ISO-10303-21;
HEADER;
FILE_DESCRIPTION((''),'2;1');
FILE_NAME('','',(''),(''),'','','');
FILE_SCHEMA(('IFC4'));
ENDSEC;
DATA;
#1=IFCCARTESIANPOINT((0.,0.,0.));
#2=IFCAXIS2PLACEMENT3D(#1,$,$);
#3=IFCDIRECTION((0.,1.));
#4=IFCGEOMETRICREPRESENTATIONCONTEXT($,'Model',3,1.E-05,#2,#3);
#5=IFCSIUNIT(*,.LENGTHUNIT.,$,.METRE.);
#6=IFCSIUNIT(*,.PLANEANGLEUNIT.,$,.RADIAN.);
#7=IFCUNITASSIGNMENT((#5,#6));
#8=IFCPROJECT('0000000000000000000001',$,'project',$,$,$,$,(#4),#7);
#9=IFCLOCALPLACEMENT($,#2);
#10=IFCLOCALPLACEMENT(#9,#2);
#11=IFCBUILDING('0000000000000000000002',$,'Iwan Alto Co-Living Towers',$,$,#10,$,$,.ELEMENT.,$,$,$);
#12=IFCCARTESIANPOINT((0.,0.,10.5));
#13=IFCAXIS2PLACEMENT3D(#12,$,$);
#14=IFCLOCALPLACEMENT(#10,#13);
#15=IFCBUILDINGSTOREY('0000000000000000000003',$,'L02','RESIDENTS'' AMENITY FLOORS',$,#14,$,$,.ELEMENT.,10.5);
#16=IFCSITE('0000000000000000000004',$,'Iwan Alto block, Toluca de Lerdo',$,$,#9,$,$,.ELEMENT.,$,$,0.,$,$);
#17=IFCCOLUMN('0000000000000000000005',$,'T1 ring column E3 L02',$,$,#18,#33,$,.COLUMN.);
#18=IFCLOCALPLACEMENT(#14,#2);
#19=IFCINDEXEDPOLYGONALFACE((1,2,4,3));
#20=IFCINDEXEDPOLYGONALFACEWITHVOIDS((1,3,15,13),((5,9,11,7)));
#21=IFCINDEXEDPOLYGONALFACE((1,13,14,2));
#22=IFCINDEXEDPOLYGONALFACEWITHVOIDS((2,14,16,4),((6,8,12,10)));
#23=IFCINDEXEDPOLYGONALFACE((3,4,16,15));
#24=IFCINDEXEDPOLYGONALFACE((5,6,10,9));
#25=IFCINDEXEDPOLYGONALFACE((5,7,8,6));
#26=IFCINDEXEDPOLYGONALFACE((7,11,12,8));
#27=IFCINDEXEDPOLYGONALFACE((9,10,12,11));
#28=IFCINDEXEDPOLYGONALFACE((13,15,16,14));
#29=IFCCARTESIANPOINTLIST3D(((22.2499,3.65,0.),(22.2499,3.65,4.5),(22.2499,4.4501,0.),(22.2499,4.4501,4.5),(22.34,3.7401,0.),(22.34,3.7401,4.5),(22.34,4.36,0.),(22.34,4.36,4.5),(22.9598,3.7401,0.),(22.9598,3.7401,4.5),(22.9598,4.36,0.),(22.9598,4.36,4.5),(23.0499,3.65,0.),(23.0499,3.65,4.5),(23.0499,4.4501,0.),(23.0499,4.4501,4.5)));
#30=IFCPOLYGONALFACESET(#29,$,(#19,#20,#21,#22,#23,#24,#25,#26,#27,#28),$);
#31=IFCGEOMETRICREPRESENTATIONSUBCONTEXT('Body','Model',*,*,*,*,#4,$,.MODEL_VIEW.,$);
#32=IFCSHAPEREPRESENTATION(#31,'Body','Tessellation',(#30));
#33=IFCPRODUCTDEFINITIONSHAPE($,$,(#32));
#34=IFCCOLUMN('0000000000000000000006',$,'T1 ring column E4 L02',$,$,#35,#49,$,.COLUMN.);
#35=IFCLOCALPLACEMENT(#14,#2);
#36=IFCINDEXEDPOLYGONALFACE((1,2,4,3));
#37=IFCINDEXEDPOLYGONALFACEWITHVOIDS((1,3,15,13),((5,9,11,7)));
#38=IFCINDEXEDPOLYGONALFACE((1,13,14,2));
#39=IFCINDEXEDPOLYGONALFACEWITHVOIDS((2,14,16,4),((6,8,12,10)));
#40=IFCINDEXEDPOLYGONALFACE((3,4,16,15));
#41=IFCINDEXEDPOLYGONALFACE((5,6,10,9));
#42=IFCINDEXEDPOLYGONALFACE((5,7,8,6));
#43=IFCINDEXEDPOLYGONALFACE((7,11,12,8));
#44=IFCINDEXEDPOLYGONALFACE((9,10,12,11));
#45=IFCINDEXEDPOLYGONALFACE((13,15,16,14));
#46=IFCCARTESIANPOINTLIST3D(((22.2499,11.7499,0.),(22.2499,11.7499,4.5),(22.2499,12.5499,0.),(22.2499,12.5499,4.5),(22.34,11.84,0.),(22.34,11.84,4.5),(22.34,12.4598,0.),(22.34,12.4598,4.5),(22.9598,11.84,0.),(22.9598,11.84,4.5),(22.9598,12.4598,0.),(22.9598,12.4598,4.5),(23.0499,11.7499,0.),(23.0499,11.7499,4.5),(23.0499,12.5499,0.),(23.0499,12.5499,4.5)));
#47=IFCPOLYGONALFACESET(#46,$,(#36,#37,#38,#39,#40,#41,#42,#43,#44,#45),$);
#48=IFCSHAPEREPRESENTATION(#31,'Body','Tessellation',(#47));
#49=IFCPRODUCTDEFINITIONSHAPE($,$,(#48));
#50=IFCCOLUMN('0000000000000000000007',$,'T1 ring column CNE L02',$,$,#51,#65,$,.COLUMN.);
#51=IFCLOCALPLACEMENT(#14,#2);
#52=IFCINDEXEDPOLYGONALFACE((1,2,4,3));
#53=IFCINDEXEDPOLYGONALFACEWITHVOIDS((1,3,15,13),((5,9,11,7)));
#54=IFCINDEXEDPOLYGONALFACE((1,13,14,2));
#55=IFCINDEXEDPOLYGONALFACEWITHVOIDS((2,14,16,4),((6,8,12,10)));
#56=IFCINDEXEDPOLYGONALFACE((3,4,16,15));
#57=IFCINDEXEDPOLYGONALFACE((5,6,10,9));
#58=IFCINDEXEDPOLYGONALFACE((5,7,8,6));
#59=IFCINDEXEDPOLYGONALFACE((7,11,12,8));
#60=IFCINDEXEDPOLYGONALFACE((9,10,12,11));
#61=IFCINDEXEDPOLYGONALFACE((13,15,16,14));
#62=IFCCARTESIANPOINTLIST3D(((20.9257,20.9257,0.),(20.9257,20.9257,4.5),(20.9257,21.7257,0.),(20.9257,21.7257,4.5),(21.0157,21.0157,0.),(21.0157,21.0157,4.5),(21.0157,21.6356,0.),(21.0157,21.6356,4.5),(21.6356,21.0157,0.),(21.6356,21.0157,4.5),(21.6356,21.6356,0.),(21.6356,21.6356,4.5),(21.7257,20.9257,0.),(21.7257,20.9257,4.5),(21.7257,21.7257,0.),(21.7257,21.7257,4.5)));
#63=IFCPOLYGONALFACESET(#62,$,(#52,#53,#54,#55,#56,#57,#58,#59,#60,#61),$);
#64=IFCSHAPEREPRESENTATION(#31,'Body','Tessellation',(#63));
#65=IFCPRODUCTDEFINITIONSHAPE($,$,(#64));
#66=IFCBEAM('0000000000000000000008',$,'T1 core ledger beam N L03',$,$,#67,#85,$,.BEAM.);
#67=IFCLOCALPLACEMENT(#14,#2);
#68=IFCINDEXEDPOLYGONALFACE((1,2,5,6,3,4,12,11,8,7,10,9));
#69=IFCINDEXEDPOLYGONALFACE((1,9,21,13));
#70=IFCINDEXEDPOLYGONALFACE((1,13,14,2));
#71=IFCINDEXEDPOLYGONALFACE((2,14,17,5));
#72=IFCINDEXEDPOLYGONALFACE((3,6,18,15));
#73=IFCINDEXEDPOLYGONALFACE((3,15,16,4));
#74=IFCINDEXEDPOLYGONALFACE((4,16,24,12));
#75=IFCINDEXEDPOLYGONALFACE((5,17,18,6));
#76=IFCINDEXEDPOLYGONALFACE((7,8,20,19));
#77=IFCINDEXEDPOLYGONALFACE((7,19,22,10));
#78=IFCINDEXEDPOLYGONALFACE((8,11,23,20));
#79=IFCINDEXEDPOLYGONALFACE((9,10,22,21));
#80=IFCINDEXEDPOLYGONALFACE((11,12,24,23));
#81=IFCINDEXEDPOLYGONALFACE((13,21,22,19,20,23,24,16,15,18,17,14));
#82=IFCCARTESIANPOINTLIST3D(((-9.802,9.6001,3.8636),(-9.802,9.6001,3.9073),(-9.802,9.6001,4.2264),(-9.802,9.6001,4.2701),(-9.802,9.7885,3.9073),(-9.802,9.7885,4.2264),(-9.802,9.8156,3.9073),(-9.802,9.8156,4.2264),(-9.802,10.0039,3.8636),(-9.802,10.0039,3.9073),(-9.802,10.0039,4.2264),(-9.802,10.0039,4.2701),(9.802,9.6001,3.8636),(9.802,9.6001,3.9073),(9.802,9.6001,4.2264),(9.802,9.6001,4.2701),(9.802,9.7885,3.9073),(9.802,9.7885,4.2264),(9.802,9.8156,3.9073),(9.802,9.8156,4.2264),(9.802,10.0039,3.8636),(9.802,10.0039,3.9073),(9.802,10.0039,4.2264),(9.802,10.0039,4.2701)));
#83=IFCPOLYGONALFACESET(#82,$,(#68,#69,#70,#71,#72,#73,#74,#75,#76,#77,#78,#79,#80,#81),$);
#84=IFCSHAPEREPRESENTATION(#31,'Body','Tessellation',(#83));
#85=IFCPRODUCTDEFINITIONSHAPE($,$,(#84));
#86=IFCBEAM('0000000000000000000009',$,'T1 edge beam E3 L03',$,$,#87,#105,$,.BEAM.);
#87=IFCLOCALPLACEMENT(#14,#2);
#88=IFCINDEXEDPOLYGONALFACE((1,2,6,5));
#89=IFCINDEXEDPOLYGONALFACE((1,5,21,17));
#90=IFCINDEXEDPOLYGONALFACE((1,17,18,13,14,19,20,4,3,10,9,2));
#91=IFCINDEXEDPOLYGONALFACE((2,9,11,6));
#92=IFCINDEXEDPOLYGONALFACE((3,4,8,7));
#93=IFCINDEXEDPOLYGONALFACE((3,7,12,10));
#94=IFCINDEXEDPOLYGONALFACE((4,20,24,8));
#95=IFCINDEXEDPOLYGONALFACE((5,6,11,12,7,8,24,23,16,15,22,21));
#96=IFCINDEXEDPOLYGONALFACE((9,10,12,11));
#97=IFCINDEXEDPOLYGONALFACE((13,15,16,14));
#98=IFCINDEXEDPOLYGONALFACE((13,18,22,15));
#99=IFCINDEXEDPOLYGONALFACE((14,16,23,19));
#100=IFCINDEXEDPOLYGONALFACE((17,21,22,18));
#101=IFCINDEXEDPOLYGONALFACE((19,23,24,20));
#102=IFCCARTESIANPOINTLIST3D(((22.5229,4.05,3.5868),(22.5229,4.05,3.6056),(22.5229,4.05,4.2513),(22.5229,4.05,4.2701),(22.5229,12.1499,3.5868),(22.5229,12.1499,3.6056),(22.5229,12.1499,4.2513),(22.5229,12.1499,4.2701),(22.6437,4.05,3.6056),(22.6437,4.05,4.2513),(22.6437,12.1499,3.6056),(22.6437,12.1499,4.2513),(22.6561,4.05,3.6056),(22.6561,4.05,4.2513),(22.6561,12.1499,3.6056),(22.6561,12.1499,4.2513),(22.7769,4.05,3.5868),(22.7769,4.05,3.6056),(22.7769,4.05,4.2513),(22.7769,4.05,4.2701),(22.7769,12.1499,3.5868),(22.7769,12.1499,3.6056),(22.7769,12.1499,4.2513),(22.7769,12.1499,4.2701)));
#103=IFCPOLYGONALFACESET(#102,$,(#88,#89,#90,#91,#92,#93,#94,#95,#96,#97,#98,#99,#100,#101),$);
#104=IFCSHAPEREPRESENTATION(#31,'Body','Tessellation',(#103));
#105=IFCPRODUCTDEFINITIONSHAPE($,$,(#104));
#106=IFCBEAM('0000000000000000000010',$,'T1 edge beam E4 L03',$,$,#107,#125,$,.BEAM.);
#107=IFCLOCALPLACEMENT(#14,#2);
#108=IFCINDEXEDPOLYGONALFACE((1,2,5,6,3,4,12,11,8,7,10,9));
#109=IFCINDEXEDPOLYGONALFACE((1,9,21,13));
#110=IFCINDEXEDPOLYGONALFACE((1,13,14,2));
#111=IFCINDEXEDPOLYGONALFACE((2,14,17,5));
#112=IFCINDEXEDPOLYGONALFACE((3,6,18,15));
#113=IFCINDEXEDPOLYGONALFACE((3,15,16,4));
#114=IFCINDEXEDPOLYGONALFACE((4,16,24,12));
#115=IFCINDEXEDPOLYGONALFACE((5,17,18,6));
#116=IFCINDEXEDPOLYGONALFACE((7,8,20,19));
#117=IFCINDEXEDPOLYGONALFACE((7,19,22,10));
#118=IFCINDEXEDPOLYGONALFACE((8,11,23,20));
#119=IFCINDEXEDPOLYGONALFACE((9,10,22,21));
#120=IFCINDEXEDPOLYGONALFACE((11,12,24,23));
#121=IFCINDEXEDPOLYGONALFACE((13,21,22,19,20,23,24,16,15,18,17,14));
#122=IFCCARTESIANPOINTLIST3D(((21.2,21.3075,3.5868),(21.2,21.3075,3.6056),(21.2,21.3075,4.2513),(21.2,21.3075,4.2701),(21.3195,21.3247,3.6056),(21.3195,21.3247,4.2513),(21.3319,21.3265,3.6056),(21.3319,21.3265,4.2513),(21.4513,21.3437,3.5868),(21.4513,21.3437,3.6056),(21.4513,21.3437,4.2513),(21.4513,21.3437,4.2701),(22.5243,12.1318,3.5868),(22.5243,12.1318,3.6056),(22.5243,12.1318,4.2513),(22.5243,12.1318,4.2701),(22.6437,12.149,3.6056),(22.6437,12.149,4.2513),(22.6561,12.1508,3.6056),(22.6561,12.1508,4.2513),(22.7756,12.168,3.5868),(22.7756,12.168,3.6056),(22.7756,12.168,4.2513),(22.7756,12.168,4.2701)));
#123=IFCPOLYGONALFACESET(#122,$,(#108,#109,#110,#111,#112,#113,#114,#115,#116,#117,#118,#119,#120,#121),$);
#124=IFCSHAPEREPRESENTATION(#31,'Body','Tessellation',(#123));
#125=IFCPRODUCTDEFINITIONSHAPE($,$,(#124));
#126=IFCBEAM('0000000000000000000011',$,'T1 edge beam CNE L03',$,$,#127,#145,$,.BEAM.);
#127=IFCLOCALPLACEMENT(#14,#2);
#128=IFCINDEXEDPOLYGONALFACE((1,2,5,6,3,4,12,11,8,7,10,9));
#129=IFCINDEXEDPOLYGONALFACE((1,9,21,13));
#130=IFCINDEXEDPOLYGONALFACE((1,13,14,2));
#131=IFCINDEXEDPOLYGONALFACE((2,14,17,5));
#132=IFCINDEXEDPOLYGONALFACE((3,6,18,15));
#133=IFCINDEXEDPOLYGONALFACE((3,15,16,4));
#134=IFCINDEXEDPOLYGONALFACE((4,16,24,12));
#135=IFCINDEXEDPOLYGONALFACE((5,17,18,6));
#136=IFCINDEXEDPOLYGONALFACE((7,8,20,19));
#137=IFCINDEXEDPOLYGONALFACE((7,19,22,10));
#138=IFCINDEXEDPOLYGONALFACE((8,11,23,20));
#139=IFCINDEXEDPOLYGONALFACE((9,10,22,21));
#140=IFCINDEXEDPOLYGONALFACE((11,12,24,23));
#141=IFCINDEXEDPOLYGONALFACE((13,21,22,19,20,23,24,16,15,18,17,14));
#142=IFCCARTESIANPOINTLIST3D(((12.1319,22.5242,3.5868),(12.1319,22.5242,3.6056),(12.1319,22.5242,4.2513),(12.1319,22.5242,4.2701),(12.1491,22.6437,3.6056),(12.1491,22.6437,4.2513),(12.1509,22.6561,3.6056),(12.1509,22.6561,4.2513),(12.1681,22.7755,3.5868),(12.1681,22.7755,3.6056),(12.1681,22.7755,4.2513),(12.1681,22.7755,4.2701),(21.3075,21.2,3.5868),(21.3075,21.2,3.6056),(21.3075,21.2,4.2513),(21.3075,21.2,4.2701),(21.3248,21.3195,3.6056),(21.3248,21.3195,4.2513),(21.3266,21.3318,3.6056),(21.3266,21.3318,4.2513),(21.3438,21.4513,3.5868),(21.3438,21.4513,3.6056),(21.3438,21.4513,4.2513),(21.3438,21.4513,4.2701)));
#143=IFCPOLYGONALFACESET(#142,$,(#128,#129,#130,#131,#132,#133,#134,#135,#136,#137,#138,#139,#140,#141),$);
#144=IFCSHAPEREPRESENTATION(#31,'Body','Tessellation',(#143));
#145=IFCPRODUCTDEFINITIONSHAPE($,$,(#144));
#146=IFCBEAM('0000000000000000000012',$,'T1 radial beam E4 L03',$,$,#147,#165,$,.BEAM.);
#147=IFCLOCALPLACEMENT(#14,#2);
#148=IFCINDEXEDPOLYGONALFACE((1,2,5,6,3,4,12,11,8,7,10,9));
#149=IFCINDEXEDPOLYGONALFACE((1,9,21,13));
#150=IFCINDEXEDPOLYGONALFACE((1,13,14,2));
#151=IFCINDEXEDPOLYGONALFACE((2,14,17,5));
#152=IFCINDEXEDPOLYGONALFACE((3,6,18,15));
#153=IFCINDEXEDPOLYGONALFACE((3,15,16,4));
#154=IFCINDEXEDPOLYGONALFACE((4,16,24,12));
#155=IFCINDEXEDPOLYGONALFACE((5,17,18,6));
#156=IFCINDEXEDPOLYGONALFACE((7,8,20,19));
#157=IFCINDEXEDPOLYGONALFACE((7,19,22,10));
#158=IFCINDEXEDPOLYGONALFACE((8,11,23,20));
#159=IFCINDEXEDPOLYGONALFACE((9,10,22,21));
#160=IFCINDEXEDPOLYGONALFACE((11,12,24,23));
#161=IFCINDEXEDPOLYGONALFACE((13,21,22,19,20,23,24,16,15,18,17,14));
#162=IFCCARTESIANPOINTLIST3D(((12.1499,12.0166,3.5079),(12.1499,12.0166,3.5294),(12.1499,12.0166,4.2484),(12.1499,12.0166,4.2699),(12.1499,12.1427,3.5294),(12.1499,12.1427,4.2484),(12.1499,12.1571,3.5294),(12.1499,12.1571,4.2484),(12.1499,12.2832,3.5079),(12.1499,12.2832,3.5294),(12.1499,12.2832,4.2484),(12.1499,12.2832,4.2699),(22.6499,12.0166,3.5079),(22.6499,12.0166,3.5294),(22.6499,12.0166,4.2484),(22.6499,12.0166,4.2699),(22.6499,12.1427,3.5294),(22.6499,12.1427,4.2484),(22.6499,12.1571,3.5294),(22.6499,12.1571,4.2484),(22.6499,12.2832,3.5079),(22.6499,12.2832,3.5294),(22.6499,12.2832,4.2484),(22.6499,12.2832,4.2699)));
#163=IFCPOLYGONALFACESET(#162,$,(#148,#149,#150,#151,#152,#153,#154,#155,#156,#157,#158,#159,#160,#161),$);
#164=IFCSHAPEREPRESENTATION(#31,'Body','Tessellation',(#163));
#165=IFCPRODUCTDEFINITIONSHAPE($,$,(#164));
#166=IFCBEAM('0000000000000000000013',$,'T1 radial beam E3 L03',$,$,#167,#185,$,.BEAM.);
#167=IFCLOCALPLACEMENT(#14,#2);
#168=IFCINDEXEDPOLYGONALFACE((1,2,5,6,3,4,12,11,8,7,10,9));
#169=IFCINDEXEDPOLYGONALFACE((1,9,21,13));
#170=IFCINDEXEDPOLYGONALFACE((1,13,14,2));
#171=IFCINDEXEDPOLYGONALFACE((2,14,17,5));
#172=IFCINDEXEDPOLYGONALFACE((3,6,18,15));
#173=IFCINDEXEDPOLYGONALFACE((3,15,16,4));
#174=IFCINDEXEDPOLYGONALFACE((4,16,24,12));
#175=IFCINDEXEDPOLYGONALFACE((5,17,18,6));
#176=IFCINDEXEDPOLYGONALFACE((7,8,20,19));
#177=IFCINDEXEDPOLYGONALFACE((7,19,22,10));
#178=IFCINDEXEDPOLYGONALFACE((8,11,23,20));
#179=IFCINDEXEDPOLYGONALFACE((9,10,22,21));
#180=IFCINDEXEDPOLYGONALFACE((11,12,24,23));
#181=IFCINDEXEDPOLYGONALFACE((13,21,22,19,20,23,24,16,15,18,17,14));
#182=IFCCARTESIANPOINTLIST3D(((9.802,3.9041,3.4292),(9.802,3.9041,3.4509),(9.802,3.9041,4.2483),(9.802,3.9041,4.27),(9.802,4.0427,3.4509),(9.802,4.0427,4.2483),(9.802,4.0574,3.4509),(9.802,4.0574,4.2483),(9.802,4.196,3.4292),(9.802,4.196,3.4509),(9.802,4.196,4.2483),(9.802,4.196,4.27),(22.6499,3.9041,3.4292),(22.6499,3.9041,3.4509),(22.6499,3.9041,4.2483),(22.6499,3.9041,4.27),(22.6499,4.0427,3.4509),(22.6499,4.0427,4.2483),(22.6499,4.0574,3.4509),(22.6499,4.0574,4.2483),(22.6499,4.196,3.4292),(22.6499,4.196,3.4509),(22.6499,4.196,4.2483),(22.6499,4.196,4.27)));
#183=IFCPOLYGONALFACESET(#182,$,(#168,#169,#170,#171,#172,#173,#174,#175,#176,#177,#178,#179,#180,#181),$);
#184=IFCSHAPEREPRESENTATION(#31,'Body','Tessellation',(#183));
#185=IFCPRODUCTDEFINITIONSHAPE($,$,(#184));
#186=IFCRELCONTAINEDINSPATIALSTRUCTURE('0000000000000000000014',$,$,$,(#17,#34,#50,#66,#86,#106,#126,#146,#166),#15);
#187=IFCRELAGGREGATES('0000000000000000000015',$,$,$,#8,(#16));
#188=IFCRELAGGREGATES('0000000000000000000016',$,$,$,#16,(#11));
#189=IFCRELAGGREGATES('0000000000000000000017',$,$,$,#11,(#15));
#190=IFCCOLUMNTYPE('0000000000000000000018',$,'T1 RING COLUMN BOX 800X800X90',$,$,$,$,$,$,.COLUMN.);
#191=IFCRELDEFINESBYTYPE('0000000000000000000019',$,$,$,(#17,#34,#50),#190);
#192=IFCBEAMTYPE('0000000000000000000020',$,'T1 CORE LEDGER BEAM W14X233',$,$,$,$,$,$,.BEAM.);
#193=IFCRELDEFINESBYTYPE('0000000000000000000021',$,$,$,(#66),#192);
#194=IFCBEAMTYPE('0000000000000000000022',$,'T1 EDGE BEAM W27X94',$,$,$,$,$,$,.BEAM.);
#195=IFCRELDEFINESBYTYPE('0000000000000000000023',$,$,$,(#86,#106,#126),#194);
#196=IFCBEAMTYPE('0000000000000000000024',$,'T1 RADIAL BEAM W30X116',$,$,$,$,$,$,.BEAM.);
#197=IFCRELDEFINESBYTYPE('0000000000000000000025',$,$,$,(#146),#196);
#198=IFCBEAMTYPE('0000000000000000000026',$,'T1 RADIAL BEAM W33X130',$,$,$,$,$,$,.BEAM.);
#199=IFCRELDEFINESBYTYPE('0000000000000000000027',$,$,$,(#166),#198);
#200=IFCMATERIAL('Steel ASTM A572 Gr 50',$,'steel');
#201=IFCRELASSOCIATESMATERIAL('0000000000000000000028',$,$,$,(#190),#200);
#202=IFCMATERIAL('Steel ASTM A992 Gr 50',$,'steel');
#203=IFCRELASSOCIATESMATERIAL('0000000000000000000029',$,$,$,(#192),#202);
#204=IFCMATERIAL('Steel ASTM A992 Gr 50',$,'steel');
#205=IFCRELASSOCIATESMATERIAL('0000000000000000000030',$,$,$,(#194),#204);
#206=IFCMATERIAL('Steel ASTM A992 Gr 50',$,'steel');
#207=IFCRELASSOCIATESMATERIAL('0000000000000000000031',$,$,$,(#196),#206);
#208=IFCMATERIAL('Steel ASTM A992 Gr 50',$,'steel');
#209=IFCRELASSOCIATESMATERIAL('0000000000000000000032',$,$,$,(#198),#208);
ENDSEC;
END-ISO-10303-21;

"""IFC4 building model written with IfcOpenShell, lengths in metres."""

from ifc_helpers import new_model, si_unit, direction, frame, origin, origin_2d, place, context, subcontext, project, spatial, hollow_rectangle, i_section, extrude, material, material_profile, profile_set, type_object, element, save


model = new_model("IFC4")

# Units and contexts
model_context = context("Model", 3, precision=1e-05, world=origin(), true_north=direction((0.0, 1.0)))
body_context = subcontext(model_context, "Body", "Model", "MODEL_VIEW")
ifc_project = project(units=[si_unit("LENGTHUNIT", "METRE"), si_unit("PLANEANGLEUNIT", "RADIAN")], contexts=[model_context])

# Site, building, storey
site_placement = place(None, origin())
site = spatial("IfcSite", under=ifc_project, at=site_placement, Name="Iwan Alto block, Toluca de Lerdo", CompositionType="ELEMENT", RefElevation=0.0)
building_placement = place(site_placement, origin())
building = spatial("IfcBuilding", under=site, at=building_placement, Name="Iwan Alto Co-Living Towers", CompositionType="ELEMENT")
storey_placement = place(building_placement, frame((0.0, 0.0, 10.5)))
storey = spatial("IfcBuildingStorey", under=building, at=storey_placement, Name="L02", Description="RESIDENTS' AMENITY FLOORS", CompositionType="ELEMENT", Elevation=10.5)

# Columns
ifc_material_1 = material(Name="Steel ASTM A572 Gr 50", Category="steel")
ifc_material_profile_1 = material_profile(ifc_material_1, hollow_rectangle(XDim=0.8, YDim=0.8, WallThickness=0.0901, at=origin_2d()), Name="BOX 800X800X90")
ifc_profile_set_1 = profile_set([ifc_material_profile_1], Name="Steel ASTM A572 Gr 50")
column_type = type_object("IfcColumnType", Name="T1 RING COLUMN BOX 800X800X90", PredefinedType="COLUMN", material=ifc_profile_set_1)
for number, where, z_axis, x_axis, name in (
    (1, (22.6499, 4.05, 0.0), (0.0, 0.0, 1.0), (1.0, 0.0, 0.0), "T1 ring column E3 L02"),
    (2, (22.6499, 12.1499, 0.0), (0.0, 0.0, 1.0), (1.0, 0.0, 0.0), "T1 ring column E4 L02"),
    (3, (21.3257, 21.3257, 0.0), (0.0, 0.0, 1.0), (1.0, 0.0, 0.0), "T1 ring column CNE L02"),
):
    element("IfcColumn", number, at=place(storey_placement, frame(where, z_axis=z_axis, x_axis=x_axis)), inside=storey, type_object=column_type, Name=name, PredefinedType="COLUMN", context=body_context, shape_type="SweptSolid", body=[
        extrude(hollow_rectangle(XDim=0.8, YDim=0.8, WallThickness=0.0901, at=origin_2d()), origin(), (0.0, 0.0, 1.0), 4.5),
    ])

# Beams
ifc_material_2 = material(Name="Steel ASTM A992 Gr 50", Category="steel")
ifc_material_profile_2 = material_profile(ifc_material_2, i_section(OverallWidth=0.4038, OverallDepth=0.4065, WebThickness=0.0271, FlangeThickness=0.0437, at=origin_2d()), Name="W14X233")
ifc_profile_set_2 = profile_set([ifc_material_profile_2], Name="Steel ASTM A992 Gr 50")
beam_type_1 = type_object("IfcBeamType", Name="T1 CORE LEDGER BEAM W14X233", PredefinedType="BEAM", material=ifc_profile_set_2)
beam_1_placement = place(storey_placement, frame((9.802, 9.802, 4.0669), z_axis=(-1.0, 0.0, 0.0), x_axis=(0.0, -1.0, 0.0)))
element("IfcBeam", 4, at=beam_1_placement, inside=storey, type_object=beam_type_1, Name="T1 core ledger beam N L03", PredefinedType="BEAM", context=body_context, shape_type="SweptSolid", body=[
    extrude(i_section(OverallWidth=0.4038, OverallDepth=0.4065, WebThickness=0.0271, FlangeThickness=0.0437, at=origin_2d()), origin(), (0.0, 0.0, 1.0), 19.604),
])
ifc_material_3 = material(Name="Steel ASTM A992 Gr 50", Category="steel")
ifc_material_profile_3 = material_profile(ifc_material_3, i_section(OverallWidth=0.2539, OverallDepth=0.6833, WebThickness=0.0125, FlangeThickness=0.0188, at=origin_2d()), Name="W27X94")
ifc_profile_set_3 = profile_set([ifc_material_profile_3], Name="Steel ASTM A992 Gr 50")
beam_type_2 = type_object("IfcBeamType", Name="T1 EDGE BEAM W27X94", PredefinedType="BEAM", material=ifc_profile_set_3)
beam_2_placement = place(storey_placement, frame((22.6499, 4.05, 3.9285), z_axis=(0.0, 1.0, 0.0), x_axis=(-1.0, 0.0, 0.0)))
element("IfcBeam", 5, at=beam_2_placement, inside=storey, type_object=beam_type_2, Name="T1 edge beam E3 L03", PredefinedType="BEAM", context=body_context, shape_type="SweptSolid", body=[
    extrude(i_section(OverallWidth=0.2539, OverallDepth=0.6833, WebThickness=0.0125, FlangeThickness=0.0188, at=origin_2d()), origin(), (0.0, 0.0, 1.0), 8.0999),
])
for number, where, z_axis, x_axis, name in (
    (6, (22.6499, 12.1499, 3.9285), (-0.142837, 0.989746, 0.0), (-0.989746, -0.142837, 0.0), "T1 edge beam E4 L03"),
    (7, (21.3257, 21.3257, 3.9285), (-0.989746, 0.142837, 0.0), (-0.142837, -0.989746, 0.0), "T1 edge beam CNE L03"),
):
    element("IfcBeam", number, at=place(storey_placement, frame(where, z_axis=z_axis, x_axis=x_axis)), inside=storey, type_object=beam_type_2, Name=name, PredefinedType="BEAM", context=body_context, shape_type="SweptSolid", body=[
        extrude(i_section(OverallWidth=0.2539, OverallDepth=0.6833, WebThickness=0.0125, FlangeThickness=0.0188, at=origin_2d()), origin(), (0.0, 0.0, 1.0), 9.2708),
    ])
ifc_material_4 = material(Name="Steel ASTM A992 Gr 50", Category="steel")
ifc_material_profile_4 = material_profile(ifc_material_4, i_section(OverallWidth=0.2666, OverallDepth=0.762, WebThickness=0.0144, FlangeThickness=0.0215, at=origin_2d()), Name="W30X116")
ifc_profile_set_4 = profile_set([ifc_material_profile_4], Name="Steel ASTM A992 Gr 50")
beam_type_3 = type_object("IfcBeamType", Name="T1 RADIAL BEAM W30X116", PredefinedType="BEAM", material=ifc_profile_set_4)
beam_3_placement = place(storey_placement, frame((22.6499, 12.1499, 3.8889), z_axis=(-1.0, 0.0, 0.0), x_axis=(0.0, -1.0, 0.0)))
element("IfcBeam", 8, at=beam_3_placement, inside=storey, type_object=beam_type_3, Name="T1 radial beam E4 L03", PredefinedType="BEAM", context=body_context, shape_type="SweptSolid", body=[
    extrude(i_section(OverallWidth=0.2666, OverallDepth=0.762, WebThickness=0.0144, FlangeThickness=0.0215, at=origin_2d()), origin(), (0.0, 0.0, 1.0), 10.5),
])
ifc_material_5 = material(Name="Steel ASTM A992 Gr 50", Category="steel")
ifc_material_profile_5 = material_profile(ifc_material_5, i_section(OverallWidth=0.292, OverallDepth=0.8408, WebThickness=0.0146, FlangeThickness=0.0217, at=origin_2d()), Name="W33X130")
ifc_profile_set_5 = profile_set([ifc_material_profile_5], Name="Steel ASTM A992 Gr 50")
beam_type_4 = type_object("IfcBeamType", Name="T1 RADIAL BEAM W33X130", PredefinedType="BEAM", material=ifc_profile_set_5)
beam_4_placement = place(storey_placement, frame((22.6499, 4.05, 3.8496), z_axis=(-1.0, 0.0, 0.0), x_axis=(0.0, -1.0, 0.0)))
element("IfcBeam", 9, at=beam_4_placement, inside=storey, type_object=beam_type_4, Name="T1 radial beam E3 L03", PredefinedType="BEAM", context=body_context, shape_type="SweptSolid", body=[
    extrude(i_section(OverallWidth=0.292, OverallDepth=0.8408, WebThickness=0.0146, FlangeThickness=0.0217, at=origin_2d()), origin(), (0.0, 0.0, 1.0), 12.8479),
])

save(model, "model.ifc")
